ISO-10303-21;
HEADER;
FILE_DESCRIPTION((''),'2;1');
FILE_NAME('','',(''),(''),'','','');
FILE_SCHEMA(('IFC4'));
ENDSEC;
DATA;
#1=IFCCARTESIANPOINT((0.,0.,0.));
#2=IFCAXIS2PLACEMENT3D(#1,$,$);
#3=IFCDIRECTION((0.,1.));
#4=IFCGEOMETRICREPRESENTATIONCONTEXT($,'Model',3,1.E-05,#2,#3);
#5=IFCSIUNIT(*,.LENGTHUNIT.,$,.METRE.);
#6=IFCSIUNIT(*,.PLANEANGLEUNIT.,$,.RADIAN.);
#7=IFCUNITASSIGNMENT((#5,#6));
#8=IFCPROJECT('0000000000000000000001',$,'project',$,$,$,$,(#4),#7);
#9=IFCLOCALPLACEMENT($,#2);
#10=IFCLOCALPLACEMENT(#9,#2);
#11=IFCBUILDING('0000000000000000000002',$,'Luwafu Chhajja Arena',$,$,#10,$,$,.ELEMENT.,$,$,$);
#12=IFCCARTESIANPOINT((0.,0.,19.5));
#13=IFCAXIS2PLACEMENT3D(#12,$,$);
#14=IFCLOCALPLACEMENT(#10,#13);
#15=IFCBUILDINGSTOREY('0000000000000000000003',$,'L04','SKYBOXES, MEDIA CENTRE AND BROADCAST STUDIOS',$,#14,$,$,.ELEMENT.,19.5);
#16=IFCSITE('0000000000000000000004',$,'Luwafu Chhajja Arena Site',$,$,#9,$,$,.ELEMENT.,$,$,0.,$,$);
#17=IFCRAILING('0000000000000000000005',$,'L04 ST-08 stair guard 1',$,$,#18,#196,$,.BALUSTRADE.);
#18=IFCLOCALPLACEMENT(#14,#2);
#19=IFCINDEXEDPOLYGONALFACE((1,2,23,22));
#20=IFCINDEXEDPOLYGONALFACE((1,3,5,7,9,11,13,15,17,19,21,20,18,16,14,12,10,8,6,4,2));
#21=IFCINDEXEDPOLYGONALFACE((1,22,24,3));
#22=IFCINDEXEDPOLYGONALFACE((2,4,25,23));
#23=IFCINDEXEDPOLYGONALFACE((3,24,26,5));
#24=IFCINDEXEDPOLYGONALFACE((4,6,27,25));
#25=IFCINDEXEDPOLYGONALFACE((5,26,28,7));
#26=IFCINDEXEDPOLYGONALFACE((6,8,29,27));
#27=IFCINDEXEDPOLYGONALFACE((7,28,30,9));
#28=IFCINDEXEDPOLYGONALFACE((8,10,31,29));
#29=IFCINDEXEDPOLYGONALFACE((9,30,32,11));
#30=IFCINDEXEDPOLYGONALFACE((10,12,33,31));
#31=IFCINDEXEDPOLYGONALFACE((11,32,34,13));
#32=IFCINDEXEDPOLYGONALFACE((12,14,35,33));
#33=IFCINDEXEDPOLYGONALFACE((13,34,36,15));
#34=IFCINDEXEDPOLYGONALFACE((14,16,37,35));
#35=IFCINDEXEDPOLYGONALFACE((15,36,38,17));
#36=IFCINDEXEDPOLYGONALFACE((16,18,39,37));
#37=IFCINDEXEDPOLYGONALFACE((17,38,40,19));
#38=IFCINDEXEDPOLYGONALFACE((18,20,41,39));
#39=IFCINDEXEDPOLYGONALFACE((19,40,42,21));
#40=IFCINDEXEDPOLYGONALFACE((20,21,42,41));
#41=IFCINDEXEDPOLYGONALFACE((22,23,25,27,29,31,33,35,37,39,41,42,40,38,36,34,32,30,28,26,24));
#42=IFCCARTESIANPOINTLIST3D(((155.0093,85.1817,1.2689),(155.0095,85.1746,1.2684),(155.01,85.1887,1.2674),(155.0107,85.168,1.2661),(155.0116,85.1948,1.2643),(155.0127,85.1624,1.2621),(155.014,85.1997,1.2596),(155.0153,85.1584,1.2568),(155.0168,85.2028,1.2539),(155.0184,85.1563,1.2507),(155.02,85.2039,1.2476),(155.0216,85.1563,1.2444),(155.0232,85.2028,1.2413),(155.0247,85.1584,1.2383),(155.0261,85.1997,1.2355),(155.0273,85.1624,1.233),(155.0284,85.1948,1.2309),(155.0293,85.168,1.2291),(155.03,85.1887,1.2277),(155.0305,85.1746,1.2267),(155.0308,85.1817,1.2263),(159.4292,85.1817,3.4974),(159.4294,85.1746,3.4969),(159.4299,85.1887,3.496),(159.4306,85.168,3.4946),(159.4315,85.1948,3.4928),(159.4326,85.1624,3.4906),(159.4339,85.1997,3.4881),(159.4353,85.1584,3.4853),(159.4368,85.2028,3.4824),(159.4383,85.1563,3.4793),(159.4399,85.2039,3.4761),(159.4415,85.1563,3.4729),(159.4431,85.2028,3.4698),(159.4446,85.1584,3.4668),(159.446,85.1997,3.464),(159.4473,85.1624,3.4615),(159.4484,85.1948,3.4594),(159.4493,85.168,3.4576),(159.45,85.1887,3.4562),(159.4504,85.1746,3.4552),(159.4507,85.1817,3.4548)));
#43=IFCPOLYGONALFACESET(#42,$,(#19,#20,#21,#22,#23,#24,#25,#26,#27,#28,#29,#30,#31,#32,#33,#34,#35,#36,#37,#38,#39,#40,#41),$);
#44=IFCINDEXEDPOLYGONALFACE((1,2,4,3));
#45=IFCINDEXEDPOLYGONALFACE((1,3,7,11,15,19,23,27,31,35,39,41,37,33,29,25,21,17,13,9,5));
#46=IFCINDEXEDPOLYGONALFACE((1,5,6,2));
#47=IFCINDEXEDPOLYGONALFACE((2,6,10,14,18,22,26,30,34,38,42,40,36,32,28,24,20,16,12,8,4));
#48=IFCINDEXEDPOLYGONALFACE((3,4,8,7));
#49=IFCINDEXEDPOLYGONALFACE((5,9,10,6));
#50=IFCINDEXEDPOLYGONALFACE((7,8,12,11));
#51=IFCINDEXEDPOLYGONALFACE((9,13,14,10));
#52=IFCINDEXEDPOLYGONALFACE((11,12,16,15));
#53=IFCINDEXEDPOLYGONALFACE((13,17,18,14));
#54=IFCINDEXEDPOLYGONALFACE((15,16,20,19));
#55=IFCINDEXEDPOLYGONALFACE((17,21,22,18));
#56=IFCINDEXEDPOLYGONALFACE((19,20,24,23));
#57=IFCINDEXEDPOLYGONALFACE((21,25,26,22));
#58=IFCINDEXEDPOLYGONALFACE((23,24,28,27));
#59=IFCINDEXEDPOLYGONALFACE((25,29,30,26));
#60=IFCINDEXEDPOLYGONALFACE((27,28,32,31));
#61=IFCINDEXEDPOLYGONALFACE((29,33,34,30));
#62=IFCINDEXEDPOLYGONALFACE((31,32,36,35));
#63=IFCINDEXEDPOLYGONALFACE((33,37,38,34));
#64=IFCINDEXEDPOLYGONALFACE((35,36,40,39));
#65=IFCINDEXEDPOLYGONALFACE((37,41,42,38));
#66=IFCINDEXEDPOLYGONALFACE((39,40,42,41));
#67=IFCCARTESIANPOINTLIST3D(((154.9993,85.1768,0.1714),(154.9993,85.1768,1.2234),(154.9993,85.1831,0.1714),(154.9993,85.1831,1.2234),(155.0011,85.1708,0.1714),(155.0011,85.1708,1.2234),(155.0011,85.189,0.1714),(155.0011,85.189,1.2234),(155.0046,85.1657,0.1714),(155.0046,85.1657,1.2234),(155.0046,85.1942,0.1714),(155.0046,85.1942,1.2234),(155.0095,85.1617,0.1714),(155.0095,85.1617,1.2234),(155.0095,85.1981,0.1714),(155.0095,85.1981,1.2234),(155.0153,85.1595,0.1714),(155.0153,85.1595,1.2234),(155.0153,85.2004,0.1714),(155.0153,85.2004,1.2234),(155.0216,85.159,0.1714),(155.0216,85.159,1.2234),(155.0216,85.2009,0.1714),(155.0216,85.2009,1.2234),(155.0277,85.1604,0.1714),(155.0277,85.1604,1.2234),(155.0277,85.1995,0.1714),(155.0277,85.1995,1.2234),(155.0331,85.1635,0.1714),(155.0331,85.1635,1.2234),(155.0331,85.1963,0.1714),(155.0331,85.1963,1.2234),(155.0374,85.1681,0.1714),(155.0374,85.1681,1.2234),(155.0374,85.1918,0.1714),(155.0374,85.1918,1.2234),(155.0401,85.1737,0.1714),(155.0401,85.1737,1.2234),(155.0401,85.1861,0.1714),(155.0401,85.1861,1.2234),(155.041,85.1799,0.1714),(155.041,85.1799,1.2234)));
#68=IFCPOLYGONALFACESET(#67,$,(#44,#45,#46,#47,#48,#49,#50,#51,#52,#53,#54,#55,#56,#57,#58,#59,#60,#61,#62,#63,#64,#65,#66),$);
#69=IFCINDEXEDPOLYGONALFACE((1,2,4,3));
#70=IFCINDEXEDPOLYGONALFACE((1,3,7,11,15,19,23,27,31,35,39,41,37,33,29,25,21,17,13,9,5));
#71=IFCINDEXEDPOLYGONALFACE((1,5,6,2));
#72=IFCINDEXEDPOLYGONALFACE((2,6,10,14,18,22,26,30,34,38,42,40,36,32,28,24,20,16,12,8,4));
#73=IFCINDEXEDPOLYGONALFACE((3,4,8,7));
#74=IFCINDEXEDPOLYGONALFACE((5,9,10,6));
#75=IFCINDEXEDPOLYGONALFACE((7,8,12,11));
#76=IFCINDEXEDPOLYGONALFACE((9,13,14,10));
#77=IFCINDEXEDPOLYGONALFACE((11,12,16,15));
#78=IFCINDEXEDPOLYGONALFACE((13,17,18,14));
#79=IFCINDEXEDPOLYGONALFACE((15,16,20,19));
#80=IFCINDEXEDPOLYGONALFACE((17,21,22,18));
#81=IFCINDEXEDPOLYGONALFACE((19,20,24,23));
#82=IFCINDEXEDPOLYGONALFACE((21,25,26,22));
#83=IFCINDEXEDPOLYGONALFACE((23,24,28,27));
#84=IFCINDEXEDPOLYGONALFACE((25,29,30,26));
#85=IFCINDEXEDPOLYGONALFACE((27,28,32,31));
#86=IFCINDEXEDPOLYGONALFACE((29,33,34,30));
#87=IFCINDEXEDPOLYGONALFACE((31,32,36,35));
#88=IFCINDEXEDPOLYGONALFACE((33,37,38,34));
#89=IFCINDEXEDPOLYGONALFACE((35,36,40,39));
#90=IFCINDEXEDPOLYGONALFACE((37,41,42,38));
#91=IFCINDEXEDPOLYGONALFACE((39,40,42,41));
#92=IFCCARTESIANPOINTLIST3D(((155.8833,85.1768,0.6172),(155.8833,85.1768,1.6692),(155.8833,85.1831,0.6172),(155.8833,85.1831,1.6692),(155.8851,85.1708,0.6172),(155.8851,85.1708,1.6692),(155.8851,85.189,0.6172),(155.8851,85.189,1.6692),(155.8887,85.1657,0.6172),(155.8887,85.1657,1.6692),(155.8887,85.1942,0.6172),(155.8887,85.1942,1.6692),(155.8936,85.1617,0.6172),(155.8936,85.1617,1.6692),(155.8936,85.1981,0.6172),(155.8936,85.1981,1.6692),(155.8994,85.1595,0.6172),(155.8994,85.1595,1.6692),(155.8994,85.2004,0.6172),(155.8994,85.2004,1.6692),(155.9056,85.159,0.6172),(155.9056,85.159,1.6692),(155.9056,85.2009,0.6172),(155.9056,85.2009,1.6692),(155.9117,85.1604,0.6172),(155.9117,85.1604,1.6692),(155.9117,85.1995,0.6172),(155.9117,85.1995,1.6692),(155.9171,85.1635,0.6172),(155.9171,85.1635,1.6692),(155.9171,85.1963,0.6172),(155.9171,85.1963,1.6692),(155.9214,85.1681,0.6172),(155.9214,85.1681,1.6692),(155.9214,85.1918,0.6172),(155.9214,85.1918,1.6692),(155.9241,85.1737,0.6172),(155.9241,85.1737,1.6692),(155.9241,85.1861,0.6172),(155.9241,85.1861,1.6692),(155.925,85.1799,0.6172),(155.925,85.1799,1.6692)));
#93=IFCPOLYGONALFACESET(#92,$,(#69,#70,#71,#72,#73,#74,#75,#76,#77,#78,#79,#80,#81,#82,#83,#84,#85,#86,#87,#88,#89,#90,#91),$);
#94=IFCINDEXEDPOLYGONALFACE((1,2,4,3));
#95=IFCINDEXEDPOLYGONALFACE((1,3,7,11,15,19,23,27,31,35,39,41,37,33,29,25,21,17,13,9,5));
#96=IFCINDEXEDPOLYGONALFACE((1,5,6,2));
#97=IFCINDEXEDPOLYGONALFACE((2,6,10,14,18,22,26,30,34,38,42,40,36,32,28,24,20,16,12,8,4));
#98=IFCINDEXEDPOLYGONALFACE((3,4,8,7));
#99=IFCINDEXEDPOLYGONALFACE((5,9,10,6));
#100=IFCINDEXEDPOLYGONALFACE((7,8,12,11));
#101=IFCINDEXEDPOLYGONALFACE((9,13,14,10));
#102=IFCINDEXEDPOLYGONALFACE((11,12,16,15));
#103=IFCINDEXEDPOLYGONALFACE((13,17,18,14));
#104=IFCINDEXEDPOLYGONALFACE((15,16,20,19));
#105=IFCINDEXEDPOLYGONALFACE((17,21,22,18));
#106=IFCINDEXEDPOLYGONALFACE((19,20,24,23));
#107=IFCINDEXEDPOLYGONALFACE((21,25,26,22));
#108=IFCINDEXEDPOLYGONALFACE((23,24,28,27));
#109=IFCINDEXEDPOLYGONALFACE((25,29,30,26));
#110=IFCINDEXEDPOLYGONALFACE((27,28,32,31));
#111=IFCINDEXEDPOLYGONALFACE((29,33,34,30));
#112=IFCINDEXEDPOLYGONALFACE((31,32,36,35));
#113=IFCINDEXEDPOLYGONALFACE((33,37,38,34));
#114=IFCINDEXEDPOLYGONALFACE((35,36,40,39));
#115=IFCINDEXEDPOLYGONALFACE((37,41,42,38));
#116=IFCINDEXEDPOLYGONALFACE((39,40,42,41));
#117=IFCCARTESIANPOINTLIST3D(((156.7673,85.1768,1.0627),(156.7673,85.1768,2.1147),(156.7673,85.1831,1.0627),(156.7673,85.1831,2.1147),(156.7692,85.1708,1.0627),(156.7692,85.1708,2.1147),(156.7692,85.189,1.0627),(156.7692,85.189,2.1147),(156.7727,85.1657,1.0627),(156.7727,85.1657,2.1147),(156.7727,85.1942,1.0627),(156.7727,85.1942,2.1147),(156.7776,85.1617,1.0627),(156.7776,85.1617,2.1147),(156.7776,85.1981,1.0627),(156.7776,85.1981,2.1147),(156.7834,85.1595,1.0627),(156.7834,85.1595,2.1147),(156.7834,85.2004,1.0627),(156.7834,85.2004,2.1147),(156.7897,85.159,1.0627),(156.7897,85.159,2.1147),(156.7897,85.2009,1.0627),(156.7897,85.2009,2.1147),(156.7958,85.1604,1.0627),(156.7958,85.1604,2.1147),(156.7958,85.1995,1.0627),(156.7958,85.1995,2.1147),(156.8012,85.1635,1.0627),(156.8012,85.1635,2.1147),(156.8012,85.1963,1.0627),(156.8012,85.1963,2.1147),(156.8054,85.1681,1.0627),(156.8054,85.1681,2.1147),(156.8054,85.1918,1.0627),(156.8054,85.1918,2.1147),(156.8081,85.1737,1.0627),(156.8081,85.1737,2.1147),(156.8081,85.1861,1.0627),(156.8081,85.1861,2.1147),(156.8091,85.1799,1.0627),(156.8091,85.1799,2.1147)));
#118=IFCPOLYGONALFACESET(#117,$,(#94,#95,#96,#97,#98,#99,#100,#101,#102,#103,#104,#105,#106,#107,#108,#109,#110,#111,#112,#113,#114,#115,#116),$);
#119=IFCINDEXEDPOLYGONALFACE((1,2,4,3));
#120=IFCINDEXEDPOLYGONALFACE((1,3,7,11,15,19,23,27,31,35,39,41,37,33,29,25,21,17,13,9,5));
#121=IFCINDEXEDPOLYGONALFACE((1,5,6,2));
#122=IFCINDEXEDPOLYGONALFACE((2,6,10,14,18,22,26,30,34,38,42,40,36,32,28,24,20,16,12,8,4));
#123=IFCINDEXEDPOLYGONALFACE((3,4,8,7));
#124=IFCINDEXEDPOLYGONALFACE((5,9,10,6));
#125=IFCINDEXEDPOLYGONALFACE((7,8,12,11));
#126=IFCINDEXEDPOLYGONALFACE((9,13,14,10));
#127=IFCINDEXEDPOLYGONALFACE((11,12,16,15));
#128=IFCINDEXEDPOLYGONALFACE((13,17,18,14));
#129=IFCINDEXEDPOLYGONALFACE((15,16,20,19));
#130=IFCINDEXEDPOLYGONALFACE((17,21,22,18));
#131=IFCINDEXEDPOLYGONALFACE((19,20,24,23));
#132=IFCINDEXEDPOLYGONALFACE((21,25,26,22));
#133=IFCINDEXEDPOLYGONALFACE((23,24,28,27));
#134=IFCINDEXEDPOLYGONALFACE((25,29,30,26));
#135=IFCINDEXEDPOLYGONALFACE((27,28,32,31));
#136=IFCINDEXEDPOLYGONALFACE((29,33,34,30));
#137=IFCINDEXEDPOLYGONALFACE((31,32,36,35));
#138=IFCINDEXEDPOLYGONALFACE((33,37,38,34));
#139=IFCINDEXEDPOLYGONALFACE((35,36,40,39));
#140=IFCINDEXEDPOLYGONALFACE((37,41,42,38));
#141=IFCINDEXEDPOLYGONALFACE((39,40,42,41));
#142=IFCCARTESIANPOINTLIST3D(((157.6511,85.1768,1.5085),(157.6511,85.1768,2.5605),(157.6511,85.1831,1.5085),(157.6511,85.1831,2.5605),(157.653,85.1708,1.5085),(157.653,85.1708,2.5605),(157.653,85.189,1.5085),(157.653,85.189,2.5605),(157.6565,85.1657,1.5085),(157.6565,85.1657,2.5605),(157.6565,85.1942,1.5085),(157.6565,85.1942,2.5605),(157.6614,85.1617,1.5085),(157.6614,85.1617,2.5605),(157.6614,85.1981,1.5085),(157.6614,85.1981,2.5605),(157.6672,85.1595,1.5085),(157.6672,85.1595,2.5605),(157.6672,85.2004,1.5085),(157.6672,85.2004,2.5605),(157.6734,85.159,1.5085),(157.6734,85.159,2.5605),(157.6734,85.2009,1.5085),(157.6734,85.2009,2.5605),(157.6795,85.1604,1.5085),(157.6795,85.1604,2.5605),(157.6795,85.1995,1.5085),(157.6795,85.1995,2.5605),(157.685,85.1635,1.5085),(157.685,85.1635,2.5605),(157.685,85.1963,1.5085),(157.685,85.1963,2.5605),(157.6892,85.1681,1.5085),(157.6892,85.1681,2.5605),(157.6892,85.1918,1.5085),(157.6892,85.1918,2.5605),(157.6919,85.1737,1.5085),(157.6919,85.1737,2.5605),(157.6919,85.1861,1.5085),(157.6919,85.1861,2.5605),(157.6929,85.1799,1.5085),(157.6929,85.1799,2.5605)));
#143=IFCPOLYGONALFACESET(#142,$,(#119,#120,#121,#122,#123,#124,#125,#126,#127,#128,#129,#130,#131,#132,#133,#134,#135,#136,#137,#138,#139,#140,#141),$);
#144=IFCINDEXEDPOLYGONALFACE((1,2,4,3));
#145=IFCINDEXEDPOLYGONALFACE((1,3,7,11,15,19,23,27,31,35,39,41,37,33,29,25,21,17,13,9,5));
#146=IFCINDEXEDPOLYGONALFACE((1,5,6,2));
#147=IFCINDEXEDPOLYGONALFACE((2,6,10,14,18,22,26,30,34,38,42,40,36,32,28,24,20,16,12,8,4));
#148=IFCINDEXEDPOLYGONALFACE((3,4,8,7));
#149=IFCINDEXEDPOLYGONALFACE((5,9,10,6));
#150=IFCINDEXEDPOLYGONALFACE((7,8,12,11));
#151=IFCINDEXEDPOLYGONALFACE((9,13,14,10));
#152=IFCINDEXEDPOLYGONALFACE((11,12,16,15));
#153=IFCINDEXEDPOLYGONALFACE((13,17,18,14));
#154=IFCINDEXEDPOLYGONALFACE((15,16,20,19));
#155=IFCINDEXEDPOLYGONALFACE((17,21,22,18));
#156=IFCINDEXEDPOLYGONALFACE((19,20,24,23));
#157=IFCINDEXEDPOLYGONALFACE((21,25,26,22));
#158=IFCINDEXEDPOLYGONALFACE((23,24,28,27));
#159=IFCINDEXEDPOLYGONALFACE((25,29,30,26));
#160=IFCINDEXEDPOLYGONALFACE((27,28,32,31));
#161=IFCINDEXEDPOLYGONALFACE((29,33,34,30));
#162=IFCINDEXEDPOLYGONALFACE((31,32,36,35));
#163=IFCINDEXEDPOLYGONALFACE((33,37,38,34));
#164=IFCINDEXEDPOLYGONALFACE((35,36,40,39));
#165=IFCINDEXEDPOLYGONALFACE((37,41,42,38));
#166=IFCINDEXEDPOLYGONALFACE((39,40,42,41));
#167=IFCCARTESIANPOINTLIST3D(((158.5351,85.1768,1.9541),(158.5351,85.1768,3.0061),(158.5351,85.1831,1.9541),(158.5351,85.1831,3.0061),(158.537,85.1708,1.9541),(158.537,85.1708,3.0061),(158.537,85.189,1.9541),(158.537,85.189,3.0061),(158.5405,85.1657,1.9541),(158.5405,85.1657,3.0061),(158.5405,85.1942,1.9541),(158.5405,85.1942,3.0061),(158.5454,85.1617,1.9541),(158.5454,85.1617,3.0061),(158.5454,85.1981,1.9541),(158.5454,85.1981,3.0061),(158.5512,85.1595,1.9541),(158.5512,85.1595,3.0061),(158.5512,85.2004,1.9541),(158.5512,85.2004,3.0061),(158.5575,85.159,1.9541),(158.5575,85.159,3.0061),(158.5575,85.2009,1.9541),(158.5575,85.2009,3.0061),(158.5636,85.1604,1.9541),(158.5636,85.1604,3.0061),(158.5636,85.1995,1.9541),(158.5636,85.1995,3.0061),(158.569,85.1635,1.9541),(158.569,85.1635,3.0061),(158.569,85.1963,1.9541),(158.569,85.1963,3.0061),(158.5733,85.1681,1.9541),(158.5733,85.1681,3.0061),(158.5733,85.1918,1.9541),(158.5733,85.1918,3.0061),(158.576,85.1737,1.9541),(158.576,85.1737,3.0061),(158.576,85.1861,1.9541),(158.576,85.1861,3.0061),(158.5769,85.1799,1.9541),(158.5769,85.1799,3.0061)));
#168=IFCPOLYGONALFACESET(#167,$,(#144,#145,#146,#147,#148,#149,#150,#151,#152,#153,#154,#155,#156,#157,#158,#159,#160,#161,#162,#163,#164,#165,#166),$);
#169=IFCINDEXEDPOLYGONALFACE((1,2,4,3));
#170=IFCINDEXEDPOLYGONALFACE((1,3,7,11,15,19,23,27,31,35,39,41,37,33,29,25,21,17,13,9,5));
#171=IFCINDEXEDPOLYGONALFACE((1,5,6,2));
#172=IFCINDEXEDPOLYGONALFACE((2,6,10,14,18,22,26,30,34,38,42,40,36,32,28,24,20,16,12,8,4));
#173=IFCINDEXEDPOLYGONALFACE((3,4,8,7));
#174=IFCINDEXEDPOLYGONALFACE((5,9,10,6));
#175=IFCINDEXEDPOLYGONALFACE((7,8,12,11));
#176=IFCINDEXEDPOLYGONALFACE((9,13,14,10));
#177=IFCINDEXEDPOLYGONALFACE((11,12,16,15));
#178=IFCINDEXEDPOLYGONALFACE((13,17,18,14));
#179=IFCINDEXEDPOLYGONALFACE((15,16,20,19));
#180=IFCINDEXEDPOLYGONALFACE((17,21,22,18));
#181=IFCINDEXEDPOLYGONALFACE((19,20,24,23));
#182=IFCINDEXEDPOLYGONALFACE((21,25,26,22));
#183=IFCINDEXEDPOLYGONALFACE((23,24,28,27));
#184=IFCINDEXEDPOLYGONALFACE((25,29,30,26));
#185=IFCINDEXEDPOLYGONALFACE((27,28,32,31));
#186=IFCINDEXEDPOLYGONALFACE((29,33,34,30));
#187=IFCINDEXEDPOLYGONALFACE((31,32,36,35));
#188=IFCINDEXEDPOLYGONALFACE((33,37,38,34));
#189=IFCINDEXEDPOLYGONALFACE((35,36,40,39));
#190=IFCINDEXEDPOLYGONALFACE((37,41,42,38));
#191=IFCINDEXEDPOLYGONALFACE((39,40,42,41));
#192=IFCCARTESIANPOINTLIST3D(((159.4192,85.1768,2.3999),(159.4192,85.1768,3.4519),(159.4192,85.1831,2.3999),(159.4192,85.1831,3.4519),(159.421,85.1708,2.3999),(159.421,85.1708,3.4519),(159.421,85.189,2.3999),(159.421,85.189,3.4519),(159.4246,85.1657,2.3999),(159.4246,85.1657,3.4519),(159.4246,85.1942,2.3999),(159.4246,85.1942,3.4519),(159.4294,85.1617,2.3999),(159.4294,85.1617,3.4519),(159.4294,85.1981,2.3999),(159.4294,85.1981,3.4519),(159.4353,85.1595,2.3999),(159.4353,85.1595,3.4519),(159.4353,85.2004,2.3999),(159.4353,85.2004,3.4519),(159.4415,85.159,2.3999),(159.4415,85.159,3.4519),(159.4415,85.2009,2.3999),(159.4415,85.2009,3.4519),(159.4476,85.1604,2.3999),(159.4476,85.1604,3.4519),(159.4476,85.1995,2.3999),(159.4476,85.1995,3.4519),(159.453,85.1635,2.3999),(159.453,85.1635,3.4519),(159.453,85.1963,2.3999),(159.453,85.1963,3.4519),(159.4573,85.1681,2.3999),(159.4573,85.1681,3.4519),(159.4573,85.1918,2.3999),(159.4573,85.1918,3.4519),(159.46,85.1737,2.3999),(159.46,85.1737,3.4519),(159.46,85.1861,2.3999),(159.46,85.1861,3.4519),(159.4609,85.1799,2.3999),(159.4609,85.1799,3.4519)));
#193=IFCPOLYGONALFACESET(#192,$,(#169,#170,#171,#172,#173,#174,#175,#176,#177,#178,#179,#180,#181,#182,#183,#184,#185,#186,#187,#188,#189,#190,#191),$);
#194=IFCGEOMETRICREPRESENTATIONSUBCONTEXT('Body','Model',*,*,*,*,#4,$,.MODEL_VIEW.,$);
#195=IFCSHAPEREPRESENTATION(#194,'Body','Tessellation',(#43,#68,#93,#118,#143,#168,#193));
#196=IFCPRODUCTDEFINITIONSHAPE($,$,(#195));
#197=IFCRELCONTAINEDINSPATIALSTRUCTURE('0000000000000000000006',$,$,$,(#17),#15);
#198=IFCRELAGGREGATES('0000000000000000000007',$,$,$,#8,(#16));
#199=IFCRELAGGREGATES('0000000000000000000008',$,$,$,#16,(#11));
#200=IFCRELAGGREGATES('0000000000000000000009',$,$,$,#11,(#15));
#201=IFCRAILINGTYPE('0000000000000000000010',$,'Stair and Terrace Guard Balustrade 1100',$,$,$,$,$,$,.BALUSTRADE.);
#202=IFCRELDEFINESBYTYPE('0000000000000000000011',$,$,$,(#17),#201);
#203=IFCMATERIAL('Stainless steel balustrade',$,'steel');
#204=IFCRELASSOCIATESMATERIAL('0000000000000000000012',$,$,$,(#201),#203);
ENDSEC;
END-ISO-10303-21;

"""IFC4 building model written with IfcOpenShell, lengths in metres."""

from ifc_helpers import new_model, si_unit, direction, frame, origin, origin_2d, place, context, subcontext, project, spatial, circle, extrude, material, type_object, element, save


model = new_model("IFC4")

# Units and contexts
model_context = context("Model", 3, precision=1e-05, world=origin(), true_north=direction((0.0, 1.0)))
body_context = subcontext(model_context, "Body", "Model", "MODEL_VIEW")
ifc_project = project(units=[si_unit("LENGTHUNIT", "METRE"), si_unit("PLANEANGLEUNIT", "RADIAN")], contexts=[model_context])

# Site, building, storey
site_placement = place(None, origin())
site = spatial("IfcSite", under=ifc_project, at=site_placement, Name="Luwafu Chhajja Arena Site", CompositionType="ELEMENT", RefElevation=0.0)
building_placement = place(site_placement, origin())
building = spatial("IfcBuilding", under=site, at=building_placement, Name="Luwafu Chhajja Arena", CompositionType="ELEMENT")
storey_placement = place(building_placement, frame((0.0, 0.0, 19.5)))
storey = spatial("IfcBuildingStorey", under=building, at=storey_placement, Name="L04", Description="SKYBOXES, MEDIA CENTRE AND BROADCAST STUDIOS", CompositionType="ELEMENT", Elevation=19.5)

# Railing
ifc_material_1 = material(Name="Stainless steel balustrade", Category="steel")
railing_type_1 = type_object("IfcRailingType", Name="Stair and Terrace Guard Balustrade 1100", PredefinedType="BALUSTRADE", material=ifc_material_1)
railing_1_placement = place(storey_placement, frame((155.02, 85.1799, 0.1714)))
element("IfcRailing", 1, at=railing_1_placement, inside=storey, type_object=railing_type_1, Name="L04 ST-08 stair guard 1", PredefinedType="BALUSTRADE", context=body_context, shape_type="SweptSolid", body=[
    extrude(circle(Radius=0.0239, at=origin_2d()), frame((0.0, 0.0, 1.0762), z_axis=(0.892923, 0.0, 0.45021), x_axis=(0.0, 1.0, 0.0)), (0.0, 0.0, 1.0), 4.95),
    extrude(circle(Radius=0.021, at=origin_2d()), origin(), (0.0, 0.0, 1.0), 1.052),
    extrude(circle(Radius=0.021, at=origin_2d()), frame((0.884, 0.0, 0.4458)), (0.0, 0.0, 1.0), 1.052),
    extrude(circle(Radius=0.021, at=origin_2d()), frame((1.7681, 0.0, 0.8914)), (0.0, 0.0, 1.0), 1.052),
    extrude(circle(Radius=0.021, at=origin_2d()), frame((2.6519, 0.0, 1.3372)), (0.0, 0.0, 1.0), 1.052),
    extrude(circle(Radius=0.021, at=origin_2d()), frame((3.5359, 0.0, 1.7827)), (0.0, 0.0, 1.0), 1.052),
    extrude(circle(Radius=0.021, at=origin_2d()), frame((4.4199, 0.0, 2.2285)), (0.0, 0.0, 1.0), 1.052),
])

save(model, "model.ifc")
